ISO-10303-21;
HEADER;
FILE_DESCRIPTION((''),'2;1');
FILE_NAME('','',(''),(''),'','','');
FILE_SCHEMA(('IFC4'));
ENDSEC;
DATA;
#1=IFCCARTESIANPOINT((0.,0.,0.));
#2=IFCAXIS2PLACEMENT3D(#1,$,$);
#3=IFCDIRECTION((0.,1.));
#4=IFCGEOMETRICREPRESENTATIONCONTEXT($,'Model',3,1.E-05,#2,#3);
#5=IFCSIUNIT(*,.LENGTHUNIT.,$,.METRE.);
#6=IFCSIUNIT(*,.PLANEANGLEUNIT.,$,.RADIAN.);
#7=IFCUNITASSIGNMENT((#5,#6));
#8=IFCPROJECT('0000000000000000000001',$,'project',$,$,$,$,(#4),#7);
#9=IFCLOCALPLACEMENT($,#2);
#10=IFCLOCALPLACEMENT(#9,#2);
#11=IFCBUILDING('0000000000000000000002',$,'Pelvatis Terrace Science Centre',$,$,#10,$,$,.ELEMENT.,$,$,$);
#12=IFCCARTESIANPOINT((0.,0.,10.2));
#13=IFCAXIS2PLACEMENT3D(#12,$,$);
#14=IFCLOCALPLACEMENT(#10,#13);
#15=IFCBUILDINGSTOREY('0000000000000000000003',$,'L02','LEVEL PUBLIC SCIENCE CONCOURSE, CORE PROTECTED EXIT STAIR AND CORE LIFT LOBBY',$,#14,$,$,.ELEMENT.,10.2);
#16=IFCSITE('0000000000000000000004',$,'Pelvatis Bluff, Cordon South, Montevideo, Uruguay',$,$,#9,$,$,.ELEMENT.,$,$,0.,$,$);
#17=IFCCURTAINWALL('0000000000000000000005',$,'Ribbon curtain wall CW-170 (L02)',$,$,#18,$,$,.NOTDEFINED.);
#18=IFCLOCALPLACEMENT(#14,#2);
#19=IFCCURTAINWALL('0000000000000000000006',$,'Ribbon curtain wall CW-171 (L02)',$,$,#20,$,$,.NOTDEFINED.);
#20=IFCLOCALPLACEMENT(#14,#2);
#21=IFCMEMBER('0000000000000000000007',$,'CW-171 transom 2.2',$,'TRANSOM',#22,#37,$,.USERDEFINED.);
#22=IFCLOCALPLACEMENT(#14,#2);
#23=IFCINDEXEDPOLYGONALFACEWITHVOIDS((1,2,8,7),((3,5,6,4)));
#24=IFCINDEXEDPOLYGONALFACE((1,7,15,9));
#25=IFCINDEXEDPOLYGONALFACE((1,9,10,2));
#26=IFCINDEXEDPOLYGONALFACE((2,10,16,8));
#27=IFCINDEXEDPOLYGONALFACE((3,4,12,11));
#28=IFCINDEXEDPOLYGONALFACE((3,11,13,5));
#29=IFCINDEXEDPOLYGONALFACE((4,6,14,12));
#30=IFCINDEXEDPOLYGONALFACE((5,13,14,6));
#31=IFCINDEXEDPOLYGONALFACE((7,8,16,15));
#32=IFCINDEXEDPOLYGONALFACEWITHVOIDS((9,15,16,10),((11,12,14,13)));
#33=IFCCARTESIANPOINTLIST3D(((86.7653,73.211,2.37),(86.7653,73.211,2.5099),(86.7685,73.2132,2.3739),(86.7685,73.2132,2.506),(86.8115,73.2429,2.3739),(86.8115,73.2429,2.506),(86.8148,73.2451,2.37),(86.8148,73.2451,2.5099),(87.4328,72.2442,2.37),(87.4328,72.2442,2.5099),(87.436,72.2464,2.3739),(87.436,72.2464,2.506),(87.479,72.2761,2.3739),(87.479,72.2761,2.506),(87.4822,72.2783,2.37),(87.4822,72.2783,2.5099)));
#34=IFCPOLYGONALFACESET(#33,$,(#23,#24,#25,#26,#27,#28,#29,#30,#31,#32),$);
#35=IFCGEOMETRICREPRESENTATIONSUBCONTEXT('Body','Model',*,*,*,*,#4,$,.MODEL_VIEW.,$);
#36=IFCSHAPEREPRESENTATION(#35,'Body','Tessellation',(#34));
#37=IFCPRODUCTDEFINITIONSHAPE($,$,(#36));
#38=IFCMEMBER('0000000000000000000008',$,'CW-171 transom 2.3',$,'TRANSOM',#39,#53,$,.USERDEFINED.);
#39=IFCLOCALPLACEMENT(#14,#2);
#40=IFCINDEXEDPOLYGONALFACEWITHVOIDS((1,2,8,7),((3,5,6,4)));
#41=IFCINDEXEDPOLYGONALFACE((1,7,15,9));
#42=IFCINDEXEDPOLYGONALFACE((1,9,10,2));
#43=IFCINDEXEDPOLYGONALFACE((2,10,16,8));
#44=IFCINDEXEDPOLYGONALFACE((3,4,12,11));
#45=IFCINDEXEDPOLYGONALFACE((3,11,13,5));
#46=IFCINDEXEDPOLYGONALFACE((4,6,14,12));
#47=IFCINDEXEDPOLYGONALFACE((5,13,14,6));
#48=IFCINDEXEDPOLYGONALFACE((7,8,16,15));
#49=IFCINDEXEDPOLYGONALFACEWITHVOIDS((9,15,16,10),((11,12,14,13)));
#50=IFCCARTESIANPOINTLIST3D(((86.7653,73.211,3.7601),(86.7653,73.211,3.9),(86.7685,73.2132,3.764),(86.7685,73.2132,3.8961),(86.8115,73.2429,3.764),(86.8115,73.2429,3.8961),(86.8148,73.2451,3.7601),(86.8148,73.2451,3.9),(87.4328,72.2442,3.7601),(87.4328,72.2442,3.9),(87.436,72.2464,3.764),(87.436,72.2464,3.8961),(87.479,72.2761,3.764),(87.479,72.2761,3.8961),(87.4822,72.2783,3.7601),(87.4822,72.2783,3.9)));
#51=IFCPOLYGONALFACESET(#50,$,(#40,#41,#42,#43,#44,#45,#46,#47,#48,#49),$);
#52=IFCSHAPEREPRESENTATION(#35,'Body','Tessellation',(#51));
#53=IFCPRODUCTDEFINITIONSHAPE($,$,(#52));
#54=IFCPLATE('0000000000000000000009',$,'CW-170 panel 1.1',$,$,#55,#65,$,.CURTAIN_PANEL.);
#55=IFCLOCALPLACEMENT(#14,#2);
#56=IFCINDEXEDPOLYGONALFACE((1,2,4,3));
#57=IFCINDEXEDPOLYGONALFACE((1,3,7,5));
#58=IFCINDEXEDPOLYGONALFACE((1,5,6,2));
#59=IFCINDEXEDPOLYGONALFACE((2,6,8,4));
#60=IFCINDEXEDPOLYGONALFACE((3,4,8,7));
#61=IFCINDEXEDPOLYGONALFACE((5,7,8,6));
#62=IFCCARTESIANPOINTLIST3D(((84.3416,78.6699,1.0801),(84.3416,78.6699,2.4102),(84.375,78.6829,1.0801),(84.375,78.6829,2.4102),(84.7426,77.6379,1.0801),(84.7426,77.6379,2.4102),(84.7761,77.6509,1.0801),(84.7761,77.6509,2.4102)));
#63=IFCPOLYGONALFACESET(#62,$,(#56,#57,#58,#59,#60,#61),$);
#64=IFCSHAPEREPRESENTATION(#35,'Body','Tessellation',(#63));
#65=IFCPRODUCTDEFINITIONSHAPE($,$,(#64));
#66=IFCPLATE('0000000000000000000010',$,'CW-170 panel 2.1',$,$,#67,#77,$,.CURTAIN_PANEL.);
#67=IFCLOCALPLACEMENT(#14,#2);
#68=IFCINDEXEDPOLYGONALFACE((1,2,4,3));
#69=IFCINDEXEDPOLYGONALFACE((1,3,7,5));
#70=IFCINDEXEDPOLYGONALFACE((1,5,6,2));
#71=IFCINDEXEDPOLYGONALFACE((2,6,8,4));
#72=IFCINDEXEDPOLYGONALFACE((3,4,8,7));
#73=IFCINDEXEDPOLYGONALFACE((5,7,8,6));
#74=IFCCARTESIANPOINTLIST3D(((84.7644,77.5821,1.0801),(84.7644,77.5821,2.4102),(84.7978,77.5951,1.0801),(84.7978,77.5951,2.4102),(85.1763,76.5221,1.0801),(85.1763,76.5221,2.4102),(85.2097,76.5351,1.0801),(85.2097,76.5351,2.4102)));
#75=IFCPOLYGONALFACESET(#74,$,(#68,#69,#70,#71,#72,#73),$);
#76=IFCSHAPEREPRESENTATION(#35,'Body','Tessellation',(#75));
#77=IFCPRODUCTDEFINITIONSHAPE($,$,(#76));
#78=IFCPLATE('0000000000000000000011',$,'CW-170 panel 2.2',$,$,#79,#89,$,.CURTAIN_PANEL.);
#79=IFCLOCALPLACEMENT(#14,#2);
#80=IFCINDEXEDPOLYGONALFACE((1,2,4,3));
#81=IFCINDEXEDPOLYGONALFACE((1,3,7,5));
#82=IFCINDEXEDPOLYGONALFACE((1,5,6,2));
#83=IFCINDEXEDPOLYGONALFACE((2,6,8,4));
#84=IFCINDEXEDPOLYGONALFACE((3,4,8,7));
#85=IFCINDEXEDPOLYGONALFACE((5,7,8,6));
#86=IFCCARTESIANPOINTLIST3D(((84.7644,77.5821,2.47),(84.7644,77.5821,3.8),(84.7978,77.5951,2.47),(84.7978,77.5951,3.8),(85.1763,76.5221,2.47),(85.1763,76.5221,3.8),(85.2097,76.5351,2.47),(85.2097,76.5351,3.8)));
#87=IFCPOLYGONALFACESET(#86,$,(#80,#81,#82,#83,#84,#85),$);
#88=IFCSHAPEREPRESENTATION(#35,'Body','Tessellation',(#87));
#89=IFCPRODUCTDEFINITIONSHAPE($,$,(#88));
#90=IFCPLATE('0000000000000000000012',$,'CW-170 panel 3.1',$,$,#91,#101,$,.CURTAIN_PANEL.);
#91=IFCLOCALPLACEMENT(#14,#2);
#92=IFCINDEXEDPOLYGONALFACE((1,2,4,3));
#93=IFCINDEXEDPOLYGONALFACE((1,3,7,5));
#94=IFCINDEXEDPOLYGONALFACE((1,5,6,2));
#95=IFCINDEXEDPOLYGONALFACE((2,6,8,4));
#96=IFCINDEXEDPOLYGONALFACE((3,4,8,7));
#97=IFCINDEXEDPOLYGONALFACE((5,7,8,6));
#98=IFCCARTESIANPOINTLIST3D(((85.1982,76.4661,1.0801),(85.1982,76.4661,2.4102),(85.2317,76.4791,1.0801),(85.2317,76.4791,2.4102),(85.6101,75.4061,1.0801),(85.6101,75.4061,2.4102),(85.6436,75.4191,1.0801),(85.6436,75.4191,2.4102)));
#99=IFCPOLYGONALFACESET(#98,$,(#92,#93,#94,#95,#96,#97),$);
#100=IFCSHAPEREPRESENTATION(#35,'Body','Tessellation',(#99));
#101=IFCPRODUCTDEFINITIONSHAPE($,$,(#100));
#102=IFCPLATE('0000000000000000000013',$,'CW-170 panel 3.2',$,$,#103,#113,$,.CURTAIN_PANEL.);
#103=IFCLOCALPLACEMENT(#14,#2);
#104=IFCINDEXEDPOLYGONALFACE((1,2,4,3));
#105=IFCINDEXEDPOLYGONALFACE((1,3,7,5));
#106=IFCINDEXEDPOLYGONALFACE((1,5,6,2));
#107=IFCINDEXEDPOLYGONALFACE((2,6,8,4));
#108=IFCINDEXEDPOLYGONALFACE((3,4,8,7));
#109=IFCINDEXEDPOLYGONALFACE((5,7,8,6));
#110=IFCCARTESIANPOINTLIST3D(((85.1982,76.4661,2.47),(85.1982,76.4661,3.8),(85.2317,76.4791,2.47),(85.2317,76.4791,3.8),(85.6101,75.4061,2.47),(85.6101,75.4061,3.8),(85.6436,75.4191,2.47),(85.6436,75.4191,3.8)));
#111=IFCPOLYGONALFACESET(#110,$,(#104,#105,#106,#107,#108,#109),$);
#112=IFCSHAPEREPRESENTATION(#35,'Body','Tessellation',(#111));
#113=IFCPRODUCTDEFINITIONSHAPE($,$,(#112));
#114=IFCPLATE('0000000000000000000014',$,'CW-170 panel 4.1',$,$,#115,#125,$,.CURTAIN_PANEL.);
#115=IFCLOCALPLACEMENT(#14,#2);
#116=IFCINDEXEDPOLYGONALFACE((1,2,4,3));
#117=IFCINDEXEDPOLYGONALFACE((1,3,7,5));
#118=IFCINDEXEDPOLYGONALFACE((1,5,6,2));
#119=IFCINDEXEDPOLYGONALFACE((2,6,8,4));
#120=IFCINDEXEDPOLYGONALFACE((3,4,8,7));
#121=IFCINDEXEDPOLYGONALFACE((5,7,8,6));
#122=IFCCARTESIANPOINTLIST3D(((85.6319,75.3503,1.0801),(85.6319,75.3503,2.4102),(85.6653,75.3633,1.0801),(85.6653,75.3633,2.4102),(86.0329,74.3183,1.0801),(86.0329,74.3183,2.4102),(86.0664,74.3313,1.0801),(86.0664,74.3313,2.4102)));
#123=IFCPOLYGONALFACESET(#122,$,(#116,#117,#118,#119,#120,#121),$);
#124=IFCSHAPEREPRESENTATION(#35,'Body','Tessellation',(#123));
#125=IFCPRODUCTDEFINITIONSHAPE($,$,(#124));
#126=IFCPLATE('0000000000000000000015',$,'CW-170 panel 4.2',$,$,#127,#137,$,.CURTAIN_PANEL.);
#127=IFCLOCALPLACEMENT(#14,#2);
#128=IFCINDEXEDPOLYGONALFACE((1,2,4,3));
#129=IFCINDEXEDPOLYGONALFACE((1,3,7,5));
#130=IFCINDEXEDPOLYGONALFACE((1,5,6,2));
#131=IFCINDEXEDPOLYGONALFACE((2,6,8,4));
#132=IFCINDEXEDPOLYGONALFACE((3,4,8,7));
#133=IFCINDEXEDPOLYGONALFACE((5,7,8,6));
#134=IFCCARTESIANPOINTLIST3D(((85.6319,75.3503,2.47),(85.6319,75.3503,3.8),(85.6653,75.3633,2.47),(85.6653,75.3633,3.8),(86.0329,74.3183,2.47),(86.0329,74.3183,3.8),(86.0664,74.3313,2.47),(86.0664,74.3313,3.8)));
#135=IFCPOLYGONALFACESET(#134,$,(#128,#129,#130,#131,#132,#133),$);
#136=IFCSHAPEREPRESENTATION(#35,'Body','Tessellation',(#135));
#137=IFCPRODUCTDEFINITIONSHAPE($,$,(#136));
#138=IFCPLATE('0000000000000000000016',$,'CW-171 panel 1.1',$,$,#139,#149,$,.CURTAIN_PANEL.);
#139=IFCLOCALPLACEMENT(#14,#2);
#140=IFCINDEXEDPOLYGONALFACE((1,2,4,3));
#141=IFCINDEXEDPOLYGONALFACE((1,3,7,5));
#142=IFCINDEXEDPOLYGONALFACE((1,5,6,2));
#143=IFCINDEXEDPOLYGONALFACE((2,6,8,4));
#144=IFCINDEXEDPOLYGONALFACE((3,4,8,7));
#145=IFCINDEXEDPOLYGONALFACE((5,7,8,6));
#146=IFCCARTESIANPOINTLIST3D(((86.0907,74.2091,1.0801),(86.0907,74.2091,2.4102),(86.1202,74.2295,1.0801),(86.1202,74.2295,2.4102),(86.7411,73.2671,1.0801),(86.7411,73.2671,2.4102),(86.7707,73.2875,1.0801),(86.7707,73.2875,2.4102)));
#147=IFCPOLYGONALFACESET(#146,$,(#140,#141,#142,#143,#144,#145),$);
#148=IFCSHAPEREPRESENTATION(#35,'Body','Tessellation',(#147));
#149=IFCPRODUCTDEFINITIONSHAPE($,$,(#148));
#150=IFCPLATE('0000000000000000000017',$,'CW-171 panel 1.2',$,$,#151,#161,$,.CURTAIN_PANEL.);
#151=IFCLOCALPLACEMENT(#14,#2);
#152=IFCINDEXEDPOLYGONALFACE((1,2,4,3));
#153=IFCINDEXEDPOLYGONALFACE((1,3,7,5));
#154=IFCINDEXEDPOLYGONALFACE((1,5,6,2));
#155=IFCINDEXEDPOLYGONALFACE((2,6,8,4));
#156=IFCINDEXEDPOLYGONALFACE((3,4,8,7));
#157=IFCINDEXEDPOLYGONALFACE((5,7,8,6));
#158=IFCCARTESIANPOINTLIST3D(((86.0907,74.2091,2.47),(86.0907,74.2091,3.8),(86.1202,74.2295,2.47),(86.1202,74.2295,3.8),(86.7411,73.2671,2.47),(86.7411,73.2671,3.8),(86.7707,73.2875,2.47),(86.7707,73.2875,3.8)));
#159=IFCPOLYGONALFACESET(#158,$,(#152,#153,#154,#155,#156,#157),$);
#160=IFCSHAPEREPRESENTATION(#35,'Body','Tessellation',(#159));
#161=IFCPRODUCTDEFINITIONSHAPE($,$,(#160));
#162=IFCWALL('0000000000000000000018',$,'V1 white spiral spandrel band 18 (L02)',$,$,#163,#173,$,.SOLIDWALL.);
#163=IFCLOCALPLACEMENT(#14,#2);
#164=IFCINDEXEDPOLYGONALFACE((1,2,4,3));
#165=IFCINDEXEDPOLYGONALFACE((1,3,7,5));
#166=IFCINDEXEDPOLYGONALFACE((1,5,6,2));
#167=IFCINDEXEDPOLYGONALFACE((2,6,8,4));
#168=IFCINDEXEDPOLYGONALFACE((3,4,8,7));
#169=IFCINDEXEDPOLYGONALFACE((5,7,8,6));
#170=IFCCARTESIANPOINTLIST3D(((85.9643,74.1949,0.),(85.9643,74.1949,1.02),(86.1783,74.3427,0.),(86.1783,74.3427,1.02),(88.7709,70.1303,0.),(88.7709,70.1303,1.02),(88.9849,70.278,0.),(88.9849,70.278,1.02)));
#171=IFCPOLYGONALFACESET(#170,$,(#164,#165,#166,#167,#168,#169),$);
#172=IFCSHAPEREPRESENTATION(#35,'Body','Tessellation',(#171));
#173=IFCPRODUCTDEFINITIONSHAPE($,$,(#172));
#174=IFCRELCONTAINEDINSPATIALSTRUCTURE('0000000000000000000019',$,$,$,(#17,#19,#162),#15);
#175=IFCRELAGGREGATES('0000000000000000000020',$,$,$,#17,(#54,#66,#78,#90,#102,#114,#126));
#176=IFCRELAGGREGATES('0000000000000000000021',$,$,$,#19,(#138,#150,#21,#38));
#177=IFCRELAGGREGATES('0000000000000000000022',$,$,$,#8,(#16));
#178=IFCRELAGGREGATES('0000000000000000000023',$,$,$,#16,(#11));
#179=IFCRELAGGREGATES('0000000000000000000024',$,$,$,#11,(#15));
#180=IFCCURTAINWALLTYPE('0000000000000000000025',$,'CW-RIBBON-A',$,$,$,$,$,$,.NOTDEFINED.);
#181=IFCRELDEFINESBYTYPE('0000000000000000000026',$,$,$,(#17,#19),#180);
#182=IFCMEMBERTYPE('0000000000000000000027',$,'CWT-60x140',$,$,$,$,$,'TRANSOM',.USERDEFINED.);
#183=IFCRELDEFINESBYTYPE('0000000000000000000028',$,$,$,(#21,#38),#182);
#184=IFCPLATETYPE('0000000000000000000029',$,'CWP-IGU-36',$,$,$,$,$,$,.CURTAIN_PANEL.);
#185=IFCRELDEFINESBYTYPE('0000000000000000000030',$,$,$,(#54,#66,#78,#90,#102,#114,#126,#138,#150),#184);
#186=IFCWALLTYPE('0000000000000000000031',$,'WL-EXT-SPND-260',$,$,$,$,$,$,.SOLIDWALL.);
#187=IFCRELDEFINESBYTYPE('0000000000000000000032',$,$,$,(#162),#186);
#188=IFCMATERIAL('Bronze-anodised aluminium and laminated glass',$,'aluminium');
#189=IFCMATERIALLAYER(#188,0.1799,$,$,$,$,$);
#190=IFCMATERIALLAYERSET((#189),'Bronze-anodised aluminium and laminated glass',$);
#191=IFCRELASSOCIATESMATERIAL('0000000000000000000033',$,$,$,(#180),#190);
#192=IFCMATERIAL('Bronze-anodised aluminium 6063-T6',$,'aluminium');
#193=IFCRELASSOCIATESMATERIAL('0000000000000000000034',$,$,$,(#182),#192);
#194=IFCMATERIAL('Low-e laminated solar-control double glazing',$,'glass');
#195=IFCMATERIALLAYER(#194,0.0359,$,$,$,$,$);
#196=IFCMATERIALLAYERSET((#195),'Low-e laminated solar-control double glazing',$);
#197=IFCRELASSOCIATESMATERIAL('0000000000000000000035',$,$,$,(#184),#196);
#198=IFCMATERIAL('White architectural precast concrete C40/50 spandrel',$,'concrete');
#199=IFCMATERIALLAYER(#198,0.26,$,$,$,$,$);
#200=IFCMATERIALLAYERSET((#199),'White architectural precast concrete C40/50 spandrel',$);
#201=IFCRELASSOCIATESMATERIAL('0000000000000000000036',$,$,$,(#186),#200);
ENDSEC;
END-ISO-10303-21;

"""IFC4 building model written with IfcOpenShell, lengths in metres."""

from ifc_helpers import new_model, si_unit, direction, frame, frame_2d, origin, origin_2d, place, context, subcontext, project, spatial, rectangle, hollow_rectangle, extrude, material, layer, layer_set, material_profile, profile_set, type_object, element, aggregate, save


model = new_model("IFC4")

# Units and contexts
model_context = context("Model", 3, precision=1e-05, world=origin(), true_north=direction((0.0, 1.0)))
body_context = subcontext(model_context, "Body", "Model", "MODEL_VIEW")
ifc_project = project(units=[si_unit("LENGTHUNIT", "METRE"), si_unit("PLANEANGLEUNIT", "RADIAN")], contexts=[model_context])

# Site, building, storey
site_placement = place(None, origin())
site = spatial("IfcSite", under=ifc_project, at=site_placement, Name="Pelvatis Bluff, Cordon South, Montevideo, Uruguay", CompositionType="ELEMENT", RefElevation=0.0)
building_placement = place(site_placement, origin())
building = spatial("IfcBuilding", under=site, at=building_placement, Name="Pelvatis Terrace Science Centre", CompositionType="ELEMENT")
storey_placement = place(building_placement, frame((0.0, 0.0, 10.2)))
storey = spatial("IfcBuildingStorey", under=building, at=storey_placement, Name="L02", Description="LEVEL PUBLIC SCIENCE CONCOURSE, CORE PROTECTED EXIT STAIR AND CORE LIFT LOBBY", CompositionType="ELEMENT", Elevation=10.2)

# Curtain walls
ifc_material_1 = material(Name="Bronze-anodised aluminium and laminated glass", Category="aluminium")
ifc_layer_1 = layer(ifc_material_1, 0.1799)
ifc_layer_set_1 = layer_set([ifc_layer_1], Name="Bronze-anodised aluminium and laminated glass")
curtain_wall_type = type_object("IfcCurtainWallType", Name="CW-RIBBON-A", PredefinedType="NOTDEFINED", material=ifc_layer_set_1)
curtain_wall_1_placement = place(storey_placement, origin())
curtain_wall_1 = element("IfcCurtainWall", 1, at=curtain_wall_1_placement, inside=storey, type_object=curtain_wall_type, Name="Ribbon curtain wall CW-170 (L02)", PredefinedType="NOTDEFINED")
curtain_wall_2_placement = place(storey_placement, origin())
curtain_wall_2 = element("IfcCurtainWall", 2, at=curtain_wall_2_placement, inside=storey, type_object=curtain_wall_type, Name="Ribbon curtain wall CW-171 (L02)", PredefinedType="NOTDEFINED")

# Members
ifc_material_2 = material(Name="Bronze-anodised aluminium 6063-T6", Category="aluminium")
ifc_material_profile_1 = material_profile(ifc_material_2, hollow_rectangle(XDim=0.0601, YDim=0.1399, WallThickness=0.0039, at=origin_2d()), Name="ALU-TRN 60x140")
ifc_profile_set_1 = profile_set([ifc_material_profile_1], Name="Bronze-anodised aluminium 6063-T6")
member_type_1 = type_object("IfcMemberType", Name="CWT-60x140", ElementType="TRANSOM", PredefinedType="USERDEFINED", material=ifc_profile_set_1)
member_1_placement = place(storey_placement, frame((86.79, 73.228, 2.4399), z_axis=(0.568151, -0.822925, 0.0), x_axis=(0.822925, 0.568151, 0.0)))
member_1 = element("IfcMember", 3, at=member_1_placement, type_object=member_type_1, Name="CW-171 transom 2.2", ObjectType="TRANSOM", PredefinedType="USERDEFINED", context=body_context, shape_type="SweptSolid", body=[
    extrude(hollow_rectangle(XDim=0.0601, YDim=0.1399, WallThickness=0.0039, at=origin_2d()), origin(), (0.0, 0.0, 1.0), 1.1748),
])
member_2_placement = place(storey_placement, frame((86.79, 73.228, 3.8301), z_axis=(0.568151, -0.822925, 0.0), x_axis=(0.822925, 0.568151, 0.0)))
member_2 = element("IfcMember", 4, at=member_2_placement, type_object=member_type_1, Name="CW-171 transom 2.3", ObjectType="TRANSOM", PredefinedType="USERDEFINED", context=body_context, shape_type="SweptSolid", body=[
    extrude(hollow_rectangle(XDim=0.0601, YDim=0.1399, WallThickness=0.0039, at=origin_2d()), origin(), (0.0, 0.0, 1.0), 1.1748),
])

# Plates
ifc_material_3 = material(Name="Low-e laminated solar-control double glazing", Category="glass")
ifc_layer_2 = layer(ifc_material_3, 0.0359)
ifc_layer_set_2 = layer_set([ifc_layer_2], Name="Low-e laminated solar-control double glazing")
plate_type = type_object("IfcPlateType", Name="CWP-IGU-36", PredefinedType="CURTAIN_PANEL", material=ifc_layer_set_2)
plate_1_placement = place(storey_placement, frame((84.5588, 78.1604, 1.0801), z_axis=(0.0, 0.0, 1.0), x_axis=(0.362221, -0.932092, 0.0)))
plate_1 = element("IfcPlate", 5, at=plate_1_placement, type_object=plate_type, Name="CW-170 panel 1.1", PredefinedType="CURTAIN_PANEL", context=body_context, shape_type="SweptSolid", body=[
    extrude(rectangle(XDim=1.1072, YDim=0.0359, at=origin_2d()), origin(), (0.0, 0.0, 1.0), 1.3301),
])
plate_2_placement = place(storey_placement, frame((84.9871, 77.0586, 1.0801), z_axis=(0.0, 0.0, 1.0), x_axis=(0.362221, -0.932092, 0.0)))
plate_2 = element("IfcPlate", 6, at=plate_2_placement, type_object=plate_type, Name="CW-170 panel 2.1", PredefinedType="CURTAIN_PANEL", context=body_context, shape_type="SweptSolid", body=[
    extrude(rectangle(XDim=1.1372, YDim=0.0359, at=origin_2d()), origin(), (0.0, 0.0, 1.0), 1.3301),
])
plate_3_placement = place(storey_placement, frame((84.9871, 77.0586, 2.47), z_axis=(0.0, 0.0, 1.0), x_axis=(0.362221, -0.932092, 0.0)))
plate_3 = element("IfcPlate", 7, at=plate_3_placement, type_object=plate_type, Name="CW-170 panel 2.2", PredefinedType="CURTAIN_PANEL", context=body_context, shape_type="SweptSolid", body=[
    extrude(rectangle(XDim=1.1372, YDim=0.0359, at=origin_2d()), origin(), (0.0, 0.0, 1.0), 1.3301),
])
plate_4_placement = place(storey_placement, frame((85.4209, 75.9426, 1.0801), z_axis=(0.0, 0.0, 1.0), x_axis=(0.362221, -0.932092, 0.0)))
plate_4 = element("IfcPlate", 8, at=plate_4_placement, type_object=plate_type, Name="CW-170 panel 3.1", PredefinedType="CURTAIN_PANEL", context=body_context, shape_type="SweptSolid", body=[
    extrude(rectangle(XDim=1.1372, YDim=0.0359, at=origin_2d()), origin(), (0.0, 0.0, 1.0), 1.3301),
])
plate_5_placement = place(storey_placement, frame((85.4209, 75.9426, 2.47), z_axis=(0.0, 0.0, 1.0), x_axis=(0.362221, -0.932092, 0.0)))
plate_5 = element("IfcPlate", 9, at=plate_5_placement, type_object=plate_type, Name="CW-170 panel 3.2", PredefinedType="CURTAIN_PANEL", context=body_context, shape_type="SweptSolid", body=[
    extrude(rectangle(XDim=1.1372, YDim=0.0359, at=origin_2d()), origin(), (0.0, 0.0, 1.0), 1.3301),
])
plate_6_placement = place(storey_placement, frame((85.8491, 74.8408, 1.0801), z_axis=(0.0, 0.0, 1.0), x_axis=(0.362221, -0.932092, 0.0)))
plate_6 = element("IfcPlate", 10, at=plate_6_placement, type_object=plate_type, Name="CW-170 panel 4.1", PredefinedType="CURTAIN_PANEL", context=body_context, shape_type="SweptSolid", body=[
    extrude(rectangle(XDim=1.1072, YDim=0.0359, at=origin_2d()), origin(), (0.0, 0.0, 1.0), 1.3301),
])
plate_7_placement = place(storey_placement, frame((85.8491, 74.8408, 2.47), z_axis=(0.0, 0.0, 1.0), x_axis=(0.362221, -0.932092, 0.0)))
plate_7 = element("IfcPlate", 11, at=plate_7_placement, type_object=plate_type, Name="CW-170 panel 4.2", PredefinedType="CURTAIN_PANEL", context=body_context, shape_type="SweptSolid", body=[
    extrude(rectangle(XDim=1.1072, YDim=0.0359, at=origin_2d()), origin(), (0.0, 0.0, 1.0), 1.3301),
])
aggregate(curtain_wall_1, [plate_1, plate_2, plate_3, plate_4, plate_5, plate_6, plate_7])
plate_8_placement = place(storey_placement, frame((86.4307, 73.7483, 1.0801), z_axis=(0.0, 0.0, 1.0), x_axis=(0.568203, -0.822888, 0.0)))
plate_8 = element("IfcPlate", 12, at=plate_8_placement, type_object=plate_type, Name="CW-171 panel 1.1", PredefinedType="CURTAIN_PANEL", context=body_context, shape_type="SweptSolid", body=[
    extrude(rectangle(XDim=1.1448, YDim=0.0359, at=origin_2d()), origin(), (0.0, 0.0, 1.0), 1.3301),
])
plate_9_placement = place(storey_placement, frame((86.4307, 73.7483, 2.47), z_axis=(0.0, 0.0, 1.0), x_axis=(0.568203, -0.822888, 0.0)))
plate_9 = element("IfcPlate", 13, at=plate_9_placement, type_object=plate_type, Name="CW-171 panel 1.2", PredefinedType="CURTAIN_PANEL", context=body_context, shape_type="SweptSolid", body=[
    extrude(rectangle(XDim=1.1448, YDim=0.0359, at=origin_2d()), origin(), (0.0, 0.0, 1.0), 1.3301),
])
aggregate(curtain_wall_2, [plate_8, plate_9, member_1, member_2])

# Wall
ifc_material_4 = material(Name="White architectural precast concrete C40/50 spandrel", Category="concrete")
ifc_layer_3 = layer(ifc_material_4, 0.26)
ifc_layer_set_3 = layer_set([ifc_layer_3], Name="White architectural precast concrete C40/50 spandrel")
wall_type = type_object("IfcWallType", Name="WL-EXT-SPND-260", PredefinedType="SOLIDWALL", material=ifc_layer_set_3)
wall_placement = place(storey_placement, frame((86.0713, 74.2688, 0.0), z_axis=(0.0, 0.0, 1.0), x_axis=(0.568199, -0.822891, 0.0)))
element("IfcWall", 14, at=wall_placement, inside=storey, type_object=wall_type, Name="V1 white spiral spandrel band 18 (L02)", PredefinedType="SOLIDWALL", context=body_context, shape_type="SweptSolid", body=[
    extrude(rectangle(XDim=4.9395, YDim=0.26, at=frame_2d((2.4697, 0.0))), origin(), (0.0, 0.0, 1.0), 1.02),
])

save(model, "model.ifc")
